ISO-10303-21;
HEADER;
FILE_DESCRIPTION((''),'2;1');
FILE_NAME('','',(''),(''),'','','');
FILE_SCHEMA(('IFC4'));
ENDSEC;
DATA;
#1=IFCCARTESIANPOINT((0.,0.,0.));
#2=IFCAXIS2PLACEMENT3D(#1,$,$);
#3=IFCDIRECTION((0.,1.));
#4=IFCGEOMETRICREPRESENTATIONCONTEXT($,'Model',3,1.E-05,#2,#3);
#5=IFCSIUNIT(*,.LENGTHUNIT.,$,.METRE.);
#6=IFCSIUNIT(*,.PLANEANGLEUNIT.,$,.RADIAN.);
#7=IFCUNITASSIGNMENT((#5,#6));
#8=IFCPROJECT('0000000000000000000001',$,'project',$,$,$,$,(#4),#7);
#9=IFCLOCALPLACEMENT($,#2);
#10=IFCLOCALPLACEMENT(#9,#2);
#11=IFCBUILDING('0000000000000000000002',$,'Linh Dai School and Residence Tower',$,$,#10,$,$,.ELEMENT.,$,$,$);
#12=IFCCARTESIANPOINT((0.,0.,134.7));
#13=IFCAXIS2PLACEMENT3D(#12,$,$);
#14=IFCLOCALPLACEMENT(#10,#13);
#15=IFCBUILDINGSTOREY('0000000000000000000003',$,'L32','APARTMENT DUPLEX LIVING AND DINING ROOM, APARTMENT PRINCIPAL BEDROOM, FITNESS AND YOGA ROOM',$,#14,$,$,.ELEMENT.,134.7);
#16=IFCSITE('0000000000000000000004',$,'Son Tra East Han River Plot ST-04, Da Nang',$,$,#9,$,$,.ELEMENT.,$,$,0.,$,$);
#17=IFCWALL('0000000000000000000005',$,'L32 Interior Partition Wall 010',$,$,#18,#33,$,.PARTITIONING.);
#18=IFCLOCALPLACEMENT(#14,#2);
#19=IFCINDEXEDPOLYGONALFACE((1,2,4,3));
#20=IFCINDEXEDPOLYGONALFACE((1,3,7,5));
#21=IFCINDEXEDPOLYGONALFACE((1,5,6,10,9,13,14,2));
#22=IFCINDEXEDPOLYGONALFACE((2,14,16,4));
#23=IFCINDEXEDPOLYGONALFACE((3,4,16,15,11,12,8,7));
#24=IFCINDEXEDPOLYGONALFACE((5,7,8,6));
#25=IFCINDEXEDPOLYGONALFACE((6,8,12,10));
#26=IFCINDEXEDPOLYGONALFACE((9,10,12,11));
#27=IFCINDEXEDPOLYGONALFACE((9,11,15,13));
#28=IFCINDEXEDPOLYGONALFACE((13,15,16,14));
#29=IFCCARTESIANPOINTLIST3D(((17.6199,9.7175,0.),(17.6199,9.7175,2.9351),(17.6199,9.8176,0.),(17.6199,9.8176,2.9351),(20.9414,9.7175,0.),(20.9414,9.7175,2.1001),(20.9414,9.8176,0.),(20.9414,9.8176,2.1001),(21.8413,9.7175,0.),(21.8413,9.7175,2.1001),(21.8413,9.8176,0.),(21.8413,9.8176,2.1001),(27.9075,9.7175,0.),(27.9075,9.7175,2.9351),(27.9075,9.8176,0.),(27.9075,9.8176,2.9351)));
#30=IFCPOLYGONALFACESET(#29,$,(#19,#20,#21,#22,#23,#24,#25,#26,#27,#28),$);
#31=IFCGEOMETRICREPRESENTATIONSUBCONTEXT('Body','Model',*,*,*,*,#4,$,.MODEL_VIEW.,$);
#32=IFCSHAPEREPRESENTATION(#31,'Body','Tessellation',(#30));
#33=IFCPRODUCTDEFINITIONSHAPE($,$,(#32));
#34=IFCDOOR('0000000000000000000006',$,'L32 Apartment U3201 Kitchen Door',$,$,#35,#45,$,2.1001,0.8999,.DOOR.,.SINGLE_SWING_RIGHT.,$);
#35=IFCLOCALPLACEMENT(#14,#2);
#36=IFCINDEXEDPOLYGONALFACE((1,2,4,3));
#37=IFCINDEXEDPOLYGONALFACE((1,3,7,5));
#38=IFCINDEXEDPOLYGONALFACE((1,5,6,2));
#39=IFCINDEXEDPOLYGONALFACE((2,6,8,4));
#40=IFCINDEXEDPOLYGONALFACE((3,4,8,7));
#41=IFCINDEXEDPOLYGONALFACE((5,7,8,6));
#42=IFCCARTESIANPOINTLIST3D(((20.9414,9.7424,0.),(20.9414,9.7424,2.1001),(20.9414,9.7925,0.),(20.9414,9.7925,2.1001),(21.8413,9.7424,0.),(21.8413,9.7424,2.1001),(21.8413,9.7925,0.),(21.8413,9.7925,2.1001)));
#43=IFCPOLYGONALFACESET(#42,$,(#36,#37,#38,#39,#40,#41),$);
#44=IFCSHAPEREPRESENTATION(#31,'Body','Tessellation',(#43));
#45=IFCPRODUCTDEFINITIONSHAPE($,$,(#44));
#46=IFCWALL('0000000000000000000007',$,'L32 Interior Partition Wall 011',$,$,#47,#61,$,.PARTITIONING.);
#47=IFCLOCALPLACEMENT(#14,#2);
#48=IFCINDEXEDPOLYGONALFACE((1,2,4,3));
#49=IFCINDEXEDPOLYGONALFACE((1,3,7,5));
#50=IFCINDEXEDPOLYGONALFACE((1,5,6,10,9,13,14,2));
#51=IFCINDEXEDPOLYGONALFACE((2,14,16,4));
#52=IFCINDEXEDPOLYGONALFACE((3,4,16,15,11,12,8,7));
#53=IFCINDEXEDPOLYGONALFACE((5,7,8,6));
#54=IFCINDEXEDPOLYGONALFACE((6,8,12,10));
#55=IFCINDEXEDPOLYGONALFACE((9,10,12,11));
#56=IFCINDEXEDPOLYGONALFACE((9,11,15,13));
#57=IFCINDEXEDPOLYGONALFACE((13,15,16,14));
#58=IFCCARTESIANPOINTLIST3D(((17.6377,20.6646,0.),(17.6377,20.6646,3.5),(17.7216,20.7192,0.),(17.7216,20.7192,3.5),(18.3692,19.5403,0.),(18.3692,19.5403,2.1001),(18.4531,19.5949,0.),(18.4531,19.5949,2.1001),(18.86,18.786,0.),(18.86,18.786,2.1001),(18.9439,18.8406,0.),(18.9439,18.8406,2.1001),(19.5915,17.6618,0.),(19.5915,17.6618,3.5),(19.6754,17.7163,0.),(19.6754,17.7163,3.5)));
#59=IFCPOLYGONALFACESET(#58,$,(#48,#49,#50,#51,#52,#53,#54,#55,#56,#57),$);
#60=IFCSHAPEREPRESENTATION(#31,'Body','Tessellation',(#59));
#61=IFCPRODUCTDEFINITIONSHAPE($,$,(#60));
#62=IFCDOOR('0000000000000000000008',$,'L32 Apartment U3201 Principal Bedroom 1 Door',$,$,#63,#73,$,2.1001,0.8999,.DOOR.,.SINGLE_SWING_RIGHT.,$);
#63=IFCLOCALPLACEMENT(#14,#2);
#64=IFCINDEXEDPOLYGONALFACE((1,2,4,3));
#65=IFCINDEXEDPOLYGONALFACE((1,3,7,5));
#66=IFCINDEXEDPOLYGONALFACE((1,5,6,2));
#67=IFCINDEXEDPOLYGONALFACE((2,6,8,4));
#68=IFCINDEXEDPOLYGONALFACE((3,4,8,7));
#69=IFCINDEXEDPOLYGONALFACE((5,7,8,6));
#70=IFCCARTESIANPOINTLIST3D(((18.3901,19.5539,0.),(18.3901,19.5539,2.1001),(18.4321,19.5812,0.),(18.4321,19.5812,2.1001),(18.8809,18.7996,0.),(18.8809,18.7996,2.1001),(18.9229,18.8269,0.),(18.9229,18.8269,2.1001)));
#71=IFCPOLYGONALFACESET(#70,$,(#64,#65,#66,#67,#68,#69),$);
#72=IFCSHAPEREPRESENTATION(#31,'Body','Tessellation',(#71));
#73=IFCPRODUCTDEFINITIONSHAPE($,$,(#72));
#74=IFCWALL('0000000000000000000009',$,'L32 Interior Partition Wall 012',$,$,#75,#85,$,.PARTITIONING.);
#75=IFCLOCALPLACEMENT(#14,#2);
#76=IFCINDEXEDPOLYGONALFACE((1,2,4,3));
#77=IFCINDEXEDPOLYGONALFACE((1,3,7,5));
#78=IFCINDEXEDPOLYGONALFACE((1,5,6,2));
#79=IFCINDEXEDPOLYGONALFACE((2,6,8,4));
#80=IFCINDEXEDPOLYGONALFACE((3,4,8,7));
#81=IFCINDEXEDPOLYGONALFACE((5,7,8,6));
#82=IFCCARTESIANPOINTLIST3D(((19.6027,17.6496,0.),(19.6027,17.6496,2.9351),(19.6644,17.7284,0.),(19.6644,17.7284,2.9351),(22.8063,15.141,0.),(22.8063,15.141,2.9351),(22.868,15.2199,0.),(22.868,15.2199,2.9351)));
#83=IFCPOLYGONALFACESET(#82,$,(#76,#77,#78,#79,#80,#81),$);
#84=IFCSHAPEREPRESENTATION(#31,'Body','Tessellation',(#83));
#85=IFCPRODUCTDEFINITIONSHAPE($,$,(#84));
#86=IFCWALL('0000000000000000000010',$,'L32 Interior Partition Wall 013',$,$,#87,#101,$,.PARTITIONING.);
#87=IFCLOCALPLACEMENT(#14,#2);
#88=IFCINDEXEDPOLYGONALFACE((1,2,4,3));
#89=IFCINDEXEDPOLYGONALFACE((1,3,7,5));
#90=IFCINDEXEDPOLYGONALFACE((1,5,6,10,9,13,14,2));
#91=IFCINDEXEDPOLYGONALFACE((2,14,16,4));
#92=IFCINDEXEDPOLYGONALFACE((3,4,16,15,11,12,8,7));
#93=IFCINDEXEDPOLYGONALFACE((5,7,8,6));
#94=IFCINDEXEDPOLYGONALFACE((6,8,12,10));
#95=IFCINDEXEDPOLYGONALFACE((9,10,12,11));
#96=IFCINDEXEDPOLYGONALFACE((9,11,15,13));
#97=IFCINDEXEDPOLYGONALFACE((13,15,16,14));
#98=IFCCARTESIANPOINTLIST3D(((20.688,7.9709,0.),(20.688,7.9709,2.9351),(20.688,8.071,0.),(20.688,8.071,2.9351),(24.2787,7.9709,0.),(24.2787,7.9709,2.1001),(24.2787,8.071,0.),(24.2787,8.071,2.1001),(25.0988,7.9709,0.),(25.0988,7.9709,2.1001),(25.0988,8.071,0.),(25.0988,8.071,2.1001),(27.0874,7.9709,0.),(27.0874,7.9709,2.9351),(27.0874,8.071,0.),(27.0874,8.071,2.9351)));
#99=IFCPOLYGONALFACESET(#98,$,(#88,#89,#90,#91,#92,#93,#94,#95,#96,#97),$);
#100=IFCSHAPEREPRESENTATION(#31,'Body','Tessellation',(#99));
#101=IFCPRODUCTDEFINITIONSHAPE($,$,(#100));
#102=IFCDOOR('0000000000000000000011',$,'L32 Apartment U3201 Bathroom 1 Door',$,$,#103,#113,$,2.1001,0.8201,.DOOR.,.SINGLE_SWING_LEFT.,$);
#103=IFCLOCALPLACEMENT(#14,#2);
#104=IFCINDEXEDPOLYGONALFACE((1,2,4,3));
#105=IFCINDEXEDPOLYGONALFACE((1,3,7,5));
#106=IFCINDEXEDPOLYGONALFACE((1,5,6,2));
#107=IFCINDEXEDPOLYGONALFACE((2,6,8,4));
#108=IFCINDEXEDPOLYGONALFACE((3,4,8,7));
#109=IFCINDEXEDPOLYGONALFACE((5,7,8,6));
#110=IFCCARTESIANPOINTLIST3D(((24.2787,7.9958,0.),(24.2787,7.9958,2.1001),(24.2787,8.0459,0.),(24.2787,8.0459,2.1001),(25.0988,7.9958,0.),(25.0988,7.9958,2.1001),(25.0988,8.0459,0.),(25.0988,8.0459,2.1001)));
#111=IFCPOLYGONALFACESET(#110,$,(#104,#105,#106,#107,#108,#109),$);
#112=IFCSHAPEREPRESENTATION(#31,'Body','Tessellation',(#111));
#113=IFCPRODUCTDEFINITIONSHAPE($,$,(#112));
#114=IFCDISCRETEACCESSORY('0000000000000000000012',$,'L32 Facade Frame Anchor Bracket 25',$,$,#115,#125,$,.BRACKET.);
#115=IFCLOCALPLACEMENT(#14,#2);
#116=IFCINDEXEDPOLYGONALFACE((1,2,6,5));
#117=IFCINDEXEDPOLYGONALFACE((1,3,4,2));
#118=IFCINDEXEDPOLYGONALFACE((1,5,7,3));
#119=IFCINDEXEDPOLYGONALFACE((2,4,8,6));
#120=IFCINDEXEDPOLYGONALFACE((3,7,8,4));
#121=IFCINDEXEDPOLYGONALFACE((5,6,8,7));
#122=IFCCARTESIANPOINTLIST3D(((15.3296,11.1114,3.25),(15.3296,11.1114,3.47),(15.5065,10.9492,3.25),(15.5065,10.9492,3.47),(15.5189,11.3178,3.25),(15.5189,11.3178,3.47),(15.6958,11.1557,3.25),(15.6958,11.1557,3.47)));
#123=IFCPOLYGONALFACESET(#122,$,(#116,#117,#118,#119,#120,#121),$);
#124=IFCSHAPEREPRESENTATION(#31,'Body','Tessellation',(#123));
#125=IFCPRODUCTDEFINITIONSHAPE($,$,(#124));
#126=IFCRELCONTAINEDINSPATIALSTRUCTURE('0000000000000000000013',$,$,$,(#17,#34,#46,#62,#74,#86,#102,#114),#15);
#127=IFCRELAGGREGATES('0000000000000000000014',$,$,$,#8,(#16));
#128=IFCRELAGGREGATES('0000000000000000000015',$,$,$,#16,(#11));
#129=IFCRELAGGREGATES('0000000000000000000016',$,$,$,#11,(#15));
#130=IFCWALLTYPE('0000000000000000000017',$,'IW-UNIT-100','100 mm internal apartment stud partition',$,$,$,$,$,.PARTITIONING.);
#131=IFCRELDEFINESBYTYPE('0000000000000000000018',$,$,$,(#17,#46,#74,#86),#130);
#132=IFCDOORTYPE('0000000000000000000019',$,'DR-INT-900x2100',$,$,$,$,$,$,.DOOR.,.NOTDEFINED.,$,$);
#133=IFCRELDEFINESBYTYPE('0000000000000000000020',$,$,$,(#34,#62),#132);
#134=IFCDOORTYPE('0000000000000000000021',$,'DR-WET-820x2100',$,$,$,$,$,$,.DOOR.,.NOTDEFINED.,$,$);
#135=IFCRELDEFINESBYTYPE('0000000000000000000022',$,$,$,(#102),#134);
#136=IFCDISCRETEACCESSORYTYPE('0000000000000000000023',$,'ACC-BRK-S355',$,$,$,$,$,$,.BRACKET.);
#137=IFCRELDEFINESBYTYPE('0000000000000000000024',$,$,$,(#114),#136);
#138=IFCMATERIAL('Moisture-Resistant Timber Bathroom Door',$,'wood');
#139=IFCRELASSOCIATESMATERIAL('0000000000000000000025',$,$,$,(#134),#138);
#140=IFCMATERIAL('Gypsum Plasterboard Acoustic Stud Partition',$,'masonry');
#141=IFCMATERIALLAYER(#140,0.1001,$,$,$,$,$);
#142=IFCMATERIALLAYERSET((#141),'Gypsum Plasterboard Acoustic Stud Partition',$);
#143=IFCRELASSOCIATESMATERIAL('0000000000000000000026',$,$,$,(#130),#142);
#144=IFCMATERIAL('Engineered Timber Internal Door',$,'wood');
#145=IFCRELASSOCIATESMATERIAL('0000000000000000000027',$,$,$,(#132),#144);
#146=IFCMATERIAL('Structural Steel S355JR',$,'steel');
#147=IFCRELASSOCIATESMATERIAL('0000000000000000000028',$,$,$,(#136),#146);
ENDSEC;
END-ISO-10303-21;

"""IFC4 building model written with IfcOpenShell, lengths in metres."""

from ifc_helpers import new_model, si_unit, direction, frame, frame_2d, origin, origin_2d, place, context, subcontext, project, spatial, rectangle, extrude, source, transform, mapped, material, layer, layer_set, type_object, element, fill, save


model = new_model("IFC4")

# Units and contexts
model_context = context("Model", 3, precision=1e-05, world=origin(), true_north=direction((0.0, 1.0)))
body_context = subcontext(model_context, "Body", "Model", "MODEL_VIEW")
ifc_project = project(units=[si_unit("LENGTHUNIT", "METRE"), si_unit("PLANEANGLEUNIT", "RADIAN")], contexts=[model_context])

# Site, building, storey
site_placement = place(None, origin())
site = spatial("IfcSite", under=ifc_project, at=site_placement, Name="Son Tra East Han River Plot ST-04, Da Nang", CompositionType="ELEMENT", RefElevation=0.0)
building_placement = place(site_placement, origin())
building = spatial("IfcBuilding", under=site, at=building_placement, Name="Linh Dai School and Residence Tower", CompositionType="ELEMENT")
storey_placement = place(building_placement, frame((0.0, 0.0, 134.7)))
storey = spatial("IfcBuildingStorey", under=building, at=storey_placement, Name="L32", Description="APARTMENT DUPLEX LIVING AND DINING ROOM, APARTMENT PRINCIPAL BEDROOM, FITNESS AND YOGA ROOM", CompositionType="ELEMENT", Elevation=134.7)

# Shared definitions
ifc_material_1 = material(Name="Structural Steel S355JR", Category="steel")

# Shared definitions
ifc_material_2 = material(Name="Moisture-Resistant Timber Bathroom Door", Category="wood")
door_type_1 = type_object("IfcDoorType", Name="DR-WET-820x2100", OperationType="NOTDEFINED", PredefinedType="DOOR", material=ifc_material_2)
shared_shape_1 = source(origin(), body_context, "Body", "SweptSolid", [
    extrude(rectangle(XDim=0.8201, YDim=2.1001, at=origin_2d()), frame((0.4102, 0.0249, 1.05), z_axis=(0.0, -1.0, 0.0), x_axis=(1.0, 0.0, 0.0)), (0.0, 0.0, 1.0), 0.05),
])

# Walls, openings, doors
ifc_material_3 = material(Name="Gypsum Plasterboard Acoustic Stud Partition", Category="masonry")
ifc_layer_1 = layer(ifc_material_3, 0.1001)
ifc_layer_set_1 = layer_set([ifc_layer_1], Name="Gypsum Plasterboard Acoustic Stud Partition")
wall_type_1 = type_object("IfcWallType", Name="IW-UNIT-100", Description="100 mm internal apartment stud partition", PredefinedType="PARTITIONING", material=ifc_layer_set_1)
ifc_material_4 = material(Name="Engineered Timber Internal Door", Category="wood")
door_type_2 = type_object("IfcDoorType", Name="DR-INT-900x2100", OperationType="NOTDEFINED", PredefinedType="DOOR", material=ifc_material_4)
shared_shape_2 = source(origin(), body_context, "Body", "SweptSolid", [
    extrude(rectangle(XDim=0.8999, YDim=2.1001, at=origin_2d()), frame((0.45, 0.0249, 1.05), z_axis=(0.0, -1.0, 0.0), x_axis=(1.0, 0.0, 0.0)), (0.0, 0.0, 1.0), 0.05),
])
wall_1_placement = place(storey_placement, frame((17.6199, 9.7676, 0.0), z_axis=(0.0, 0.0, 1.0), x_axis=(1.0, 0.0, 0.0)))
wall_1 = element("IfcWall", 1, at=wall_1_placement, inside=storey, type_object=wall_type_1, Name="L32 Interior Partition Wall 010", PredefinedType="PARTITIONING", context=body_context, shape_type="SweptSolid", body=[
    extrude(rectangle(XDim=10.2876, YDim=0.1001, at=frame_2d((5.1438, 0.0))), origin(), (0.0, 0.0, 1.0), 2.9351),
])
opening_1_placement = place(wall_1_placement, frame((3.3215, 0.0, 0.0)))
opening_1 = element("IfcOpeningElement", 2, at=opening_1_placement, cuts=wall_1, PredefinedType="OPENING", context=body_context, shape_type="SweptSolid", body=[
    extrude(rectangle(XDim=0.8999, YDim=2.1001, at=origin_2d()), frame((0.45, 0.0601, 1.05), z_axis=(0.0, -1.0, 0.0), x_axis=(1.0, 0.0, 0.0)), (0.0, 0.0, 1.0), 0.1201),
])
door_1_placement = place(opening_1_placement, origin())
door_1 = element("IfcDoor", 3, at=door_1_placement, inside=storey, type_object=door_type_2, Name="L32 Apartment U3201 Kitchen Door", OperationType="SINGLE_SWING_RIGHT", OverallHeight=2.1001, OverallWidth=0.8999, PredefinedType="DOOR", context=body_context, shape_type="MappedRepresentation", body=[
    mapped(shared_shape_2, transform((0.0, 0.0, 0.0), x_axis=(1.0, 0.0, 0.0), y_axis=(0.0, 1.0, 0.0), z_axis=(0.0, 0.0, 1.0), scale=1.0)),
])
fill(opening_1, door_1)
wall_2_placement = place(storey_placement, frame((17.6797, 20.6919, 0.0), z_axis=(0.0, 0.0, 1.0), x_axis=(0.545372, -0.838194, 0.0)))
wall_2 = element("IfcWall", 4, at=wall_2_placement, inside=storey, type_object=wall_type_1, Name="L32 Interior Partition Wall 011", PredefinedType="PARTITIONING", context=body_context, shape_type="SweptSolid", body=[
    extrude(rectangle(XDim=3.5825, YDim=0.1001, at=frame_2d((1.7913, 0.0))), origin(), (0.0, 0.0, 1.0), 3.5),
])
opening_2_placement = place(wall_2_placement, frame((1.3413, 0.0, 0.0)))
opening_2 = element("IfcOpeningElement", 5, at=opening_2_placement, cuts=wall_2, PredefinedType="OPENING", context=body_context, shape_type="SweptSolid", body=[
    extrude(rectangle(XDim=0.8999, YDim=2.1001, at=origin_2d()), frame((0.45, 0.0601, 1.05), z_axis=(0.0, -1.0, 0.0), x_axis=(1.0, 0.0, 0.0)), (0.0, 0.0, 1.0), 0.1201),
])
door_2_placement = place(opening_2_placement, origin())
door_2 = element("IfcDoor", 6, at=door_2_placement, inside=storey, type_object=door_type_2, Name="L32 Apartment U3201 Principal Bedroom 1 Door", OperationType="SINGLE_SWING_RIGHT", OverallHeight=2.1001, OverallWidth=0.8999, PredefinedType="DOOR", context=body_context, shape_type="MappedRepresentation", body=[
    mapped(shared_shape_2, transform((0.0, 0.0, 0.0), x_axis=(1.0, 0.0, 0.0), y_axis=(0.0, 1.0, 0.0), z_axis=(0.0, 0.0, 1.0), scale=1.0)),
])
fill(opening_2, door_2)

# Wall
wall_3_placement = place(storey_placement, frame((19.6335, 17.689, 0.0), z_axis=(0.0, 0.0, 1.0), x_axis=(0.787342, -0.616517, 0.0)))
element("IfcWall", 7, at=wall_3_placement, inside=storey, type_object=wall_type_1, Name="L32 Interior Partition Wall 012", PredefinedType="PARTITIONING", context=body_context, shape_type="SweptSolid", body=[
    extrude(rectangle(XDim=4.0688, YDim=0.1001, at=frame_2d((2.0344, 0.0))), origin(), (0.0, 0.0, 1.0), 2.9351),
])

# Wall, opening, door
wall_4_placement = place(storey_placement, frame((20.688, 8.021, 0.0), z_axis=(0.0, 0.0, 1.0), x_axis=(1.0, 0.0, 0.0)))
wall_4 = element("IfcWall", 8, at=wall_4_placement, inside=storey, type_object=wall_type_1, Name="L32 Interior Partition Wall 013", PredefinedType="PARTITIONING", context=body_context, shape_type="SweptSolid", body=[
    extrude(rectangle(XDim=6.3994, YDim=0.1001, at=frame_2d((3.1997, 0.0))), origin(), (0.0, 0.0, 1.0), 2.9351),
])
opening_3_placement = place(wall_4_placement, frame((3.5906, 0.0, 0.0)))
opening_3 = element("IfcOpeningElement", 9, at=opening_3_placement, cuts=wall_4, PredefinedType="OPENING", context=body_context, shape_type="SweptSolid", body=[
    extrude(rectangle(XDim=0.8201, YDim=2.1001, at=origin_2d()), frame((0.4102, 0.0601, 1.05), z_axis=(0.0, -1.0, 0.0), x_axis=(1.0, 0.0, 0.0)), (0.0, 0.0, 1.0), 0.1201),
])
door_3_placement = place(opening_3_placement, origin())
door_3 = element("IfcDoor", 10, at=door_3_placement, inside=storey, type_object=door_type_1, Name="L32 Apartment U3201 Bathroom 1 Door", OperationType="SINGLE_SWING_LEFT", OverallHeight=2.1001, OverallWidth=0.8201, PredefinedType="DOOR", context=body_context, shape_type="MappedRepresentation", body=[
    mapped(shared_shape_1, transform((0.0, 0.0, 0.0), x_axis=(1.0, 0.0, 0.0), y_axis=(0.0, 1.0, 0.0), z_axis=(0.0, 0.0, 1.0), scale=1.0)),
])
fill(opening_3, door_3)

# Discrete accessory
discrete_accessory_type = type_object("IfcDiscreteAccessoryType", Name="ACC-BRK-S355", PredefinedType="BRACKET", material=ifc_material_1)
shared_shape_3 = source(origin(), body_context, "Body", "SweptSolid", [
    extrude(rectangle(XDim=0.28, YDim=0.24, at=origin_2d()), origin(), (0.0, 0.0, 1.0), 0.22),
])
discrete_accessory_placement = place(storey_placement, frame((15.5127, 11.1335, 3.25), z_axis=(0.0, 0.0, 1.0), x_axis=(-0.675783, -0.7371, 0.0)))
element("IfcDiscreteAccessory", 11, at=discrete_accessory_placement, inside=storey, type_object=discrete_accessory_type, Name="L32 Facade Frame Anchor Bracket 25", PredefinedType="BRACKET", context=body_context, shape_type="MappedRepresentation", body=[
    mapped(shared_shape_3, transform((0.0, 0.0, 0.0), x_axis=(1.0, 0.0, 0.0), y_axis=(0.0, 1.0, 0.0), z_axis=(0.0, 0.0, 1.0), scale=1.0)),
])

save(model, "model.ifc")
